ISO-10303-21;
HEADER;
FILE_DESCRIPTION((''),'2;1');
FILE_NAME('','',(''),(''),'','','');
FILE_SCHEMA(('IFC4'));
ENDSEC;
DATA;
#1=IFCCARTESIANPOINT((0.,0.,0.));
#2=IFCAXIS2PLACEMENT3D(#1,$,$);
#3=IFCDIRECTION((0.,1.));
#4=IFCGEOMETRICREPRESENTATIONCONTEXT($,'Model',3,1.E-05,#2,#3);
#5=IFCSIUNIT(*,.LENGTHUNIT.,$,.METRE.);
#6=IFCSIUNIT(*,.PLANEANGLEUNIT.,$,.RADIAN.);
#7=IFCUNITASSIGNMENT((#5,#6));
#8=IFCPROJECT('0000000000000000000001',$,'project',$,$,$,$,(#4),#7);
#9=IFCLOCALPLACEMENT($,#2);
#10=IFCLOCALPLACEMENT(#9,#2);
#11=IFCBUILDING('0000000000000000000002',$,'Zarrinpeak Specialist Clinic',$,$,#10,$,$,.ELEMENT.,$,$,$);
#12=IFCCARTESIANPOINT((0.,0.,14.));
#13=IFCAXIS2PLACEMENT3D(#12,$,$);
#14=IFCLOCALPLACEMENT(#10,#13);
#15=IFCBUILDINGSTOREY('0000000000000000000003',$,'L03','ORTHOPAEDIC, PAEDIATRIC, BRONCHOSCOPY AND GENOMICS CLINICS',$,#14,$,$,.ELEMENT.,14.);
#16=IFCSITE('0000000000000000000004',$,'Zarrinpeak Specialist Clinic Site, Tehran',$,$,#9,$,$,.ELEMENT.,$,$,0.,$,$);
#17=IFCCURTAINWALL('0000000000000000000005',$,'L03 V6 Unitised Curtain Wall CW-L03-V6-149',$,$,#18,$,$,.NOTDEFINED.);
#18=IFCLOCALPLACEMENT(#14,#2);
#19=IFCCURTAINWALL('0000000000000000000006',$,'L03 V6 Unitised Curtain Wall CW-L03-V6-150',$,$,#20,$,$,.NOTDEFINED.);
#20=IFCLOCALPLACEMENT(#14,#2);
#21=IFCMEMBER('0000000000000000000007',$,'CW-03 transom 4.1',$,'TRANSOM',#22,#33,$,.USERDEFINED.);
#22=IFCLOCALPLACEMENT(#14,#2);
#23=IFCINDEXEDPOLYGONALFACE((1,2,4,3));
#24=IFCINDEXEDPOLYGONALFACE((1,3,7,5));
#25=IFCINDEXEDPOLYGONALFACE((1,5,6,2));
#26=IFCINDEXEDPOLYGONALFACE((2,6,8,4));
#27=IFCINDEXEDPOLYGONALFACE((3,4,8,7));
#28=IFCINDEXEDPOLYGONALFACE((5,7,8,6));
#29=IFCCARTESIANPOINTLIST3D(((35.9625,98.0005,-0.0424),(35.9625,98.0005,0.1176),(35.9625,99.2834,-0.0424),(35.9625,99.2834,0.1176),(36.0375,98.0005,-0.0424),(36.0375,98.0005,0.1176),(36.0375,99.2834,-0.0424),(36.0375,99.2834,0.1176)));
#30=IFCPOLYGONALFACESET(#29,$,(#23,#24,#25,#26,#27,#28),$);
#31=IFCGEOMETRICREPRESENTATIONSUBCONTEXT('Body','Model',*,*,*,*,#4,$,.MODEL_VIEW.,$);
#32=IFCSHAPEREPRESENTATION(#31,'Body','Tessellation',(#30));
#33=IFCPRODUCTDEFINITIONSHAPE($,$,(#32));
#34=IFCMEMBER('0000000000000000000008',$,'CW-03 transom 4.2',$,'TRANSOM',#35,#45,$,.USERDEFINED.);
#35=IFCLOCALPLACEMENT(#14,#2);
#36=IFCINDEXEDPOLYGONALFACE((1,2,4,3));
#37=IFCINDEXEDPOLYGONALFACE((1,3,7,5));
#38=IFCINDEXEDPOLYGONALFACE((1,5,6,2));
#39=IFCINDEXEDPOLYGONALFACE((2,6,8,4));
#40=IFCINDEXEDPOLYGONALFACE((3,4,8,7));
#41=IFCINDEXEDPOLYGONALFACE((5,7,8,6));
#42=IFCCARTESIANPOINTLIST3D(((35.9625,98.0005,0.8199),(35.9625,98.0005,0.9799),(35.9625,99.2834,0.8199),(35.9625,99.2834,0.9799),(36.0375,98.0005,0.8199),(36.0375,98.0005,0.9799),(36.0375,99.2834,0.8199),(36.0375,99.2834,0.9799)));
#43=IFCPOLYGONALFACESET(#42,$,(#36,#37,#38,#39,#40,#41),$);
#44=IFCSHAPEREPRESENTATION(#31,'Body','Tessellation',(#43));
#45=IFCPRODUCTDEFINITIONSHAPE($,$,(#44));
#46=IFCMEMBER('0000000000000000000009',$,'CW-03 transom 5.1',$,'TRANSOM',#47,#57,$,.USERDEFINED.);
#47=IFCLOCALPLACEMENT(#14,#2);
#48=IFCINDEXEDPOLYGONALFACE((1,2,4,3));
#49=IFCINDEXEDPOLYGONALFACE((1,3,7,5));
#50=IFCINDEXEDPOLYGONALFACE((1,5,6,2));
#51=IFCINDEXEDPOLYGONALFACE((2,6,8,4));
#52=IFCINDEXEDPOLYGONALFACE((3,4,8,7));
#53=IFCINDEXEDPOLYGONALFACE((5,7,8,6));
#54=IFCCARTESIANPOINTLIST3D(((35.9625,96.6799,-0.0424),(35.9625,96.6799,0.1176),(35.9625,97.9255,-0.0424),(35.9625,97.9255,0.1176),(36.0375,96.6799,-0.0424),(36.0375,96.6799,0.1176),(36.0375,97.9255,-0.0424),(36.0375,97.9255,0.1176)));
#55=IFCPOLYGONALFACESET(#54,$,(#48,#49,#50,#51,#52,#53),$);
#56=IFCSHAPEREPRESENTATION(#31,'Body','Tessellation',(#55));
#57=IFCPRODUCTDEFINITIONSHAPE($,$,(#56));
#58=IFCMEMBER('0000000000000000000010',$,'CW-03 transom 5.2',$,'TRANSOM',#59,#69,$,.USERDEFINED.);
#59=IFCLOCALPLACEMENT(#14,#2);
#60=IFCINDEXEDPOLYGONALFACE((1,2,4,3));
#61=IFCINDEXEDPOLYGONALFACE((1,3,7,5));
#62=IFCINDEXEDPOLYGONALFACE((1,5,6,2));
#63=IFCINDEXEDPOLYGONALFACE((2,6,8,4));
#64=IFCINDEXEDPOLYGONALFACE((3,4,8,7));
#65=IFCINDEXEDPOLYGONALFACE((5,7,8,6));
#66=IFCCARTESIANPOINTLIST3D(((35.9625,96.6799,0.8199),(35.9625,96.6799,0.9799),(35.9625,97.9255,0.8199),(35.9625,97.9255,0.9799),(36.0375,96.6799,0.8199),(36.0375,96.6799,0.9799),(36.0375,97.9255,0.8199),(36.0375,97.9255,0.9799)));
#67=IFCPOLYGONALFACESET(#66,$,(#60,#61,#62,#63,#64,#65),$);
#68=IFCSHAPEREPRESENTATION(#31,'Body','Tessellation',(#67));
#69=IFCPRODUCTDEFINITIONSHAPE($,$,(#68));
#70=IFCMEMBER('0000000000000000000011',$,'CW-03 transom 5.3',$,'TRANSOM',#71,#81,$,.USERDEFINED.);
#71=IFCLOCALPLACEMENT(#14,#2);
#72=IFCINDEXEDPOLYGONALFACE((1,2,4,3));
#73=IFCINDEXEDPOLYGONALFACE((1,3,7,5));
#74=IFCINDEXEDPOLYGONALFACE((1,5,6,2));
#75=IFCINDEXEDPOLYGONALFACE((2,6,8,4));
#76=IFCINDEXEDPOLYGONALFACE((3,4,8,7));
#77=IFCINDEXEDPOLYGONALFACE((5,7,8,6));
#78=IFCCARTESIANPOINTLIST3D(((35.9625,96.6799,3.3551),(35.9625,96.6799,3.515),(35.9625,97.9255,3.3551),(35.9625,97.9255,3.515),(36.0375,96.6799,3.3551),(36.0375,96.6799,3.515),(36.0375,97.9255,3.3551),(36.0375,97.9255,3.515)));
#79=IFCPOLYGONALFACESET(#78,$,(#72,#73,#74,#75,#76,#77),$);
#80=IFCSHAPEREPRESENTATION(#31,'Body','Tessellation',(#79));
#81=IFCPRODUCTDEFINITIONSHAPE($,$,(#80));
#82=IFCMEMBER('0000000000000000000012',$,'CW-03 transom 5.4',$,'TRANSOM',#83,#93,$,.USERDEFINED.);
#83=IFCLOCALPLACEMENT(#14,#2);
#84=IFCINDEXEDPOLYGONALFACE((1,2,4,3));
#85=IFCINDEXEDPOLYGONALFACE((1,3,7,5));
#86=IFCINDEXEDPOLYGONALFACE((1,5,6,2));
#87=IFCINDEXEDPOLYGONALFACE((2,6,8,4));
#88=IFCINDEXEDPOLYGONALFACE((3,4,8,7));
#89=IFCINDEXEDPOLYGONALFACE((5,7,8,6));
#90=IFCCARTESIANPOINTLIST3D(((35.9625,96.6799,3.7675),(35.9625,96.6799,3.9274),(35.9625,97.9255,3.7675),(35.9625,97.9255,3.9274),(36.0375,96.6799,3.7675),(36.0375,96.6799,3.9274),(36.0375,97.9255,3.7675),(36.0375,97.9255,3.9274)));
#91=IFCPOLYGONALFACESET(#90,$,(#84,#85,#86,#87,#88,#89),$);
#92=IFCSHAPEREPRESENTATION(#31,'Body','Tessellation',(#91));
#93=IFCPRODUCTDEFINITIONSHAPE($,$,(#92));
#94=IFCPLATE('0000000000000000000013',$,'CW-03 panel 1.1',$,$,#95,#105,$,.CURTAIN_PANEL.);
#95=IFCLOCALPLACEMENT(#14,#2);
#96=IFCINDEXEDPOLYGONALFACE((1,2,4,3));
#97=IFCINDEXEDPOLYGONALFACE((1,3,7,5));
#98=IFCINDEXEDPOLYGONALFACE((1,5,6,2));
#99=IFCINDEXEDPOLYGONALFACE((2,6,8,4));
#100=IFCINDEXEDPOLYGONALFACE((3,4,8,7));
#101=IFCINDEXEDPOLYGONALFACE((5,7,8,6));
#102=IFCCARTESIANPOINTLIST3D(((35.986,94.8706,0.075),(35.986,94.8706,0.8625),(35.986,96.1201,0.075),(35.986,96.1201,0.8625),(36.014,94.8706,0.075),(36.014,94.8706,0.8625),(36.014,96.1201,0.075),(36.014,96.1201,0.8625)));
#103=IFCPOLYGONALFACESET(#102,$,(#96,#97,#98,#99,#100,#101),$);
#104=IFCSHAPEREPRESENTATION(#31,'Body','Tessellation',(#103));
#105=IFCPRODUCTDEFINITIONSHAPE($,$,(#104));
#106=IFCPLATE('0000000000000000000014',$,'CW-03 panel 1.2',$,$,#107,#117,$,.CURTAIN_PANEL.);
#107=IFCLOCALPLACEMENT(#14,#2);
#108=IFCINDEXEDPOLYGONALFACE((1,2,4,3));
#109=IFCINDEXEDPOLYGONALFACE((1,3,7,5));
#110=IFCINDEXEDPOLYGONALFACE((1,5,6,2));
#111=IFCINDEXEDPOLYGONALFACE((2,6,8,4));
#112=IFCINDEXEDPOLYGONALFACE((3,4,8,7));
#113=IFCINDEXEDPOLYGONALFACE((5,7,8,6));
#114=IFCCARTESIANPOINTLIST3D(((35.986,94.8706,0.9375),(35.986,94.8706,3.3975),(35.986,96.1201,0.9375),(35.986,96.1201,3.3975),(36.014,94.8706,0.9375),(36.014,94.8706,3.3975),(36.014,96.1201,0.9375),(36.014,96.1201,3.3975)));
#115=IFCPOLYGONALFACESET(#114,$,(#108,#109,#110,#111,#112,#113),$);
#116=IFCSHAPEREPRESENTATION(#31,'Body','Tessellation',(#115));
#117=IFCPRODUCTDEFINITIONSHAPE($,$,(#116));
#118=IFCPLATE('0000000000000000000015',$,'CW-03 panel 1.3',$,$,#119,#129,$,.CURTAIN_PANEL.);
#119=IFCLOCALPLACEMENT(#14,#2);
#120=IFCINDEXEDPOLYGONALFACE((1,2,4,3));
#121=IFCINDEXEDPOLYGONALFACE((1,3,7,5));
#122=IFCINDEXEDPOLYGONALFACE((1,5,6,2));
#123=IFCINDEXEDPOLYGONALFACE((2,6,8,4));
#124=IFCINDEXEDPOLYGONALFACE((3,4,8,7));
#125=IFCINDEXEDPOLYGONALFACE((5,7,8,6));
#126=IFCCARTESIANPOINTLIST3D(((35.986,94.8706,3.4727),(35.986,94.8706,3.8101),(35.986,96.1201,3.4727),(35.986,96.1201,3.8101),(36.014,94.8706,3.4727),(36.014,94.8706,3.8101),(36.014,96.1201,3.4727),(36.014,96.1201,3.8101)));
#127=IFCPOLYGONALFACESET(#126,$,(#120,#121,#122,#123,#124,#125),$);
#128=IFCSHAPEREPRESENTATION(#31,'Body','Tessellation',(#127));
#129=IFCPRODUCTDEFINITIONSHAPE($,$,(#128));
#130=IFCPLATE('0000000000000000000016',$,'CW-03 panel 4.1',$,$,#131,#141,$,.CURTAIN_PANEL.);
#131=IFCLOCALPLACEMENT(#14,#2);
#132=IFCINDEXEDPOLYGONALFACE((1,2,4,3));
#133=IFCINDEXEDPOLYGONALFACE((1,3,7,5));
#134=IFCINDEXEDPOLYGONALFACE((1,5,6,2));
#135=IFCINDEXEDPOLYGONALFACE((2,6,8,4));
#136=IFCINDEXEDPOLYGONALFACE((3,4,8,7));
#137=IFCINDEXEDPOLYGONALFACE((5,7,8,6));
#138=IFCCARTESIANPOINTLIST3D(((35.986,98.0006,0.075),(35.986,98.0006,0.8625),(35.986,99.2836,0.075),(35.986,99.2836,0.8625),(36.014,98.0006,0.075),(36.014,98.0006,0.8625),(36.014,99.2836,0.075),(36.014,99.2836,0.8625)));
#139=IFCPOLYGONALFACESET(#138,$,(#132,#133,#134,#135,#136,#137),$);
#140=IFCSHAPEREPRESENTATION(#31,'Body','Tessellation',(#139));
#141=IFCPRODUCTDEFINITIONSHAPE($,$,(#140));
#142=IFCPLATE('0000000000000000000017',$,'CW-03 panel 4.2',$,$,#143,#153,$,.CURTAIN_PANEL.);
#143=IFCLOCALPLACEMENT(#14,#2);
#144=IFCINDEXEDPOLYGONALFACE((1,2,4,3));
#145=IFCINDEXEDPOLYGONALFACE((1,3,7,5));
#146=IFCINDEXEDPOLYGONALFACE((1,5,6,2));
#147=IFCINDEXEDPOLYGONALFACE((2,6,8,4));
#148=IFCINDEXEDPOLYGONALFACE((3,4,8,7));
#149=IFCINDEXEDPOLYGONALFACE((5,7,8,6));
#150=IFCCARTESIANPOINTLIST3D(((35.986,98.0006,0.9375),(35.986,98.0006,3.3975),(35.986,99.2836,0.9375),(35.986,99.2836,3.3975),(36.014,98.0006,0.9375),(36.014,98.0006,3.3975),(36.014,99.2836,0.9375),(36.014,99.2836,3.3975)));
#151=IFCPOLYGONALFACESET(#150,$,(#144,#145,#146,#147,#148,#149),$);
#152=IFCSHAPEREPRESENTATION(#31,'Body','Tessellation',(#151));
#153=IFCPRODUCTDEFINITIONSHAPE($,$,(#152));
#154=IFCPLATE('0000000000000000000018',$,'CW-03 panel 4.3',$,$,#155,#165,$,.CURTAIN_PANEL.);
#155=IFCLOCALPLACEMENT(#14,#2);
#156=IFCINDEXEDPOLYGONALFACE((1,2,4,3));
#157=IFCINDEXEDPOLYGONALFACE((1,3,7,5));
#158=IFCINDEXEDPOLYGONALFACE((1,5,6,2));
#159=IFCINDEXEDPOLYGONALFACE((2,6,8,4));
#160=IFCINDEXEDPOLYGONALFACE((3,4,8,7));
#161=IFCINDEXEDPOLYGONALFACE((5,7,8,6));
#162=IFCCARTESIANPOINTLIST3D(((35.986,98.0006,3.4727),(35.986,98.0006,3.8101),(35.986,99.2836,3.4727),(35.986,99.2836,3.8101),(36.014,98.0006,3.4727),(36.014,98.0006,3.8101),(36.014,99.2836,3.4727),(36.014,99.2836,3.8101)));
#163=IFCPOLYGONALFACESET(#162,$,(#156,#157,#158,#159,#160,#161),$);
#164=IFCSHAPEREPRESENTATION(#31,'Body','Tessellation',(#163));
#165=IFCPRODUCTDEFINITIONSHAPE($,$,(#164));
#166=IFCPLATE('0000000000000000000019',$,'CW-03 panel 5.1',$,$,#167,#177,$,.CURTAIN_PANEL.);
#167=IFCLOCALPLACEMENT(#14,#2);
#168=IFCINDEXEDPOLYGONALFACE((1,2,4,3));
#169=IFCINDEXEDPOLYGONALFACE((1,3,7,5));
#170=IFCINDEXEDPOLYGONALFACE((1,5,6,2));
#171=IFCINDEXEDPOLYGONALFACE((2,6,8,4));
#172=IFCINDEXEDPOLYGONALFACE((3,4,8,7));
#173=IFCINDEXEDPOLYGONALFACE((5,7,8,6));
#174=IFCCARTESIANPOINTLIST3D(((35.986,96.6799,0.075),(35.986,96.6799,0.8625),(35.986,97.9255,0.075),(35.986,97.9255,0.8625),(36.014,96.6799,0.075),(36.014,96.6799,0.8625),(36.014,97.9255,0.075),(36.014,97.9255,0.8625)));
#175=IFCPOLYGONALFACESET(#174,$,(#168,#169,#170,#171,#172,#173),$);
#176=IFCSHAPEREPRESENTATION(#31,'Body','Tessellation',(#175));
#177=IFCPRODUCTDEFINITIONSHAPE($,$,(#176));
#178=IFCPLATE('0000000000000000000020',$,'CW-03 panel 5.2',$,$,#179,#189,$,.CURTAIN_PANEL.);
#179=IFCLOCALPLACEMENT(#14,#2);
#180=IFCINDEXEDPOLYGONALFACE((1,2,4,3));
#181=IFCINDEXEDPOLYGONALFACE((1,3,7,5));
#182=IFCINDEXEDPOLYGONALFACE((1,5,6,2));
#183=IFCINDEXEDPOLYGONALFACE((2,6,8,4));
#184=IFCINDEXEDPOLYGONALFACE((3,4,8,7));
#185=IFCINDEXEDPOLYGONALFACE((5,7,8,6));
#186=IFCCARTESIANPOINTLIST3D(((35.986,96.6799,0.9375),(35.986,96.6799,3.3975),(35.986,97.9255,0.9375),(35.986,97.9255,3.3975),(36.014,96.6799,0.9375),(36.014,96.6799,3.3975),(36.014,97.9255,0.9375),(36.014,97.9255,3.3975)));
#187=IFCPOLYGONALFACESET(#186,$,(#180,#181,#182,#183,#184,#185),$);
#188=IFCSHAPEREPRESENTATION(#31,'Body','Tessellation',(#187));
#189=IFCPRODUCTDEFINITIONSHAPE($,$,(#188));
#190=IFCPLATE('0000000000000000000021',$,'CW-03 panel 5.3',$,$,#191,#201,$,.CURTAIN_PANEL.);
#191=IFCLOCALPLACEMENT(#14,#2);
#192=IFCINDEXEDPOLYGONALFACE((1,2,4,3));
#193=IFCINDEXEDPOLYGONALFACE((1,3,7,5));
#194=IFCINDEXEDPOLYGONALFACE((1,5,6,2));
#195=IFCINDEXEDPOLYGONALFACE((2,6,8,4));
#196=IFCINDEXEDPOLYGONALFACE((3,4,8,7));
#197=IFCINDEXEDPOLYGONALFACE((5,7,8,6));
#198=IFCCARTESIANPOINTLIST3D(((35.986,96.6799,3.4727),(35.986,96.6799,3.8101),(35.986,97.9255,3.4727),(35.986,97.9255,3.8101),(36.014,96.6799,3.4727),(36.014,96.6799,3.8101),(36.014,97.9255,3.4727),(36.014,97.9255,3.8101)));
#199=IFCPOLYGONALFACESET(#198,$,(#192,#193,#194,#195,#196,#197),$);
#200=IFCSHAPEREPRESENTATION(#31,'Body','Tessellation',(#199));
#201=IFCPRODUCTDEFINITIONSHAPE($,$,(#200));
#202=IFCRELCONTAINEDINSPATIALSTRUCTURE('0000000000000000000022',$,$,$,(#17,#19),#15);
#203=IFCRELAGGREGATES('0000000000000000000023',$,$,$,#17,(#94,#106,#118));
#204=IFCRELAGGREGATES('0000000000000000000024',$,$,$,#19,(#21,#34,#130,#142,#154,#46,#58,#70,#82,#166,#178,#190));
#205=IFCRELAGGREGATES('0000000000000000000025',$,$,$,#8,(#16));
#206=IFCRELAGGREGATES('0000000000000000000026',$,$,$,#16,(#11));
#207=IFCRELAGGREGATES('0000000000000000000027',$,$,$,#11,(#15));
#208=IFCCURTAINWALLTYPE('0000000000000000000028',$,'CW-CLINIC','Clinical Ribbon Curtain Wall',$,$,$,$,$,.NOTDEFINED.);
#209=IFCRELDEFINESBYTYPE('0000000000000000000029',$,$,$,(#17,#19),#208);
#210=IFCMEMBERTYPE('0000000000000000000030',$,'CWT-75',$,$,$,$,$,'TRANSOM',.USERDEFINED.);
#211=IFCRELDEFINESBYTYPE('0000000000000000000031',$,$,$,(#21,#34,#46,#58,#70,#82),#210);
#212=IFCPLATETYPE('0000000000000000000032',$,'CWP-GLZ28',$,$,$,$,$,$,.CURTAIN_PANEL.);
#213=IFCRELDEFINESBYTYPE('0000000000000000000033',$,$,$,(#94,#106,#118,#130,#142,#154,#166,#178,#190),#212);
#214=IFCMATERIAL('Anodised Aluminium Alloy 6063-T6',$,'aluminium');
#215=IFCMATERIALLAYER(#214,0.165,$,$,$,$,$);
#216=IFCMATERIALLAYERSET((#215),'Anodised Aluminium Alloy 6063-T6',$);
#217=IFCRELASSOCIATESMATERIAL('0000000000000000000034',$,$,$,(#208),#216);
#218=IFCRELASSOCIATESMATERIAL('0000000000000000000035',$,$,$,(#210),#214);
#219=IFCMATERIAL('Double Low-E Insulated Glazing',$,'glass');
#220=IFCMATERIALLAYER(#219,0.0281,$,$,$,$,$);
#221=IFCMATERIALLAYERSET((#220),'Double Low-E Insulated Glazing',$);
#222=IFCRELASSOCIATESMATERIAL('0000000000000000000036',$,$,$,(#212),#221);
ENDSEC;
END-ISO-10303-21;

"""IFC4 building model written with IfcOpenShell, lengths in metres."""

from ifc_helpers import new_model, si_unit, direction, frame, origin, origin_2d, place, context, subcontext, project, spatial, rectangle, extrude, material, layer, layer_set, material_profile, profile_set, type_object, element, aggregate, save


model = new_model("IFC4")

# Units and contexts
model_context = context("Model", 3, precision=1e-05, world=origin(), true_north=direction((0.0, 1.0)))
body_context = subcontext(model_context, "Body", "Model", "MODEL_VIEW")
ifc_project = project(units=[si_unit("LENGTHUNIT", "METRE"), si_unit("PLANEANGLEUNIT", "RADIAN")], contexts=[model_context])

# Site, building, storey
site_placement = place(None, origin())
site = spatial("IfcSite", under=ifc_project, at=site_placement, Name="Zarrinpeak Specialist Clinic Site, Tehran", CompositionType="ELEMENT", RefElevation=0.0)
building_placement = place(site_placement, origin())
building = spatial("IfcBuilding", under=site, at=building_placement, Name="Zarrinpeak Specialist Clinic", CompositionType="ELEMENT")
storey_placement = place(building_placement, frame((0.0, 0.0, 14.0)))
storey = spatial("IfcBuildingStorey", under=building, at=storey_placement, Name="L03", Description="ORTHOPAEDIC, PAEDIATRIC, BRONCHOSCOPY AND GENOMICS CLINICS", CompositionType="ELEMENT", Elevation=14.0)

# Curtain walls
ifc_material_1 = material(Name="Anodised Aluminium Alloy 6063-T6", Category="aluminium")
ifc_layer_1 = layer(ifc_material_1, 0.165)
ifc_layer_set_1 = layer_set([ifc_layer_1], Name="Anodised Aluminium Alloy 6063-T6")
curtain_wall_type = type_object("IfcCurtainWallType", Name="CW-CLINIC", Description="Clinical Ribbon Curtain Wall", PredefinedType="NOTDEFINED", material=ifc_layer_set_1)
curtain_wall_1_placement = place(storey_placement, origin())
curtain_wall_1 = element("IfcCurtainWall", 1, at=curtain_wall_1_placement, inside=storey, type_object=curtain_wall_type, Name="L03 V6 Unitised Curtain Wall CW-L03-V6-149", PredefinedType="NOTDEFINED")
curtain_wall_2_placement = place(storey_placement, origin())
curtain_wall_2 = element("IfcCurtainWall", 2, at=curtain_wall_2_placement, inside=storey, type_object=curtain_wall_type, Name="L03 V6 Unitised Curtain Wall CW-L03-V6-150", PredefinedType="NOTDEFINED")

# Members
ifc_material_profile_1 = material_profile(ifc_material_1, rectangle(XDim=0.075, YDim=0.1599, at=origin_2d()), Name="ALU 75x160")
ifc_profile_set_1 = profile_set([ifc_material_profile_1], Name="Anodised Aluminium Alloy 6063-T6")
member_type_1 = type_object("IfcMemberType", Name="CWT-75", ElementType="TRANSOM", PredefinedType="USERDEFINED", material=ifc_profile_set_1)
member_1_placement = place(storey_placement, frame((36.0, 99.2834, 0.0376), z_axis=(0.0, -1.0, 0.0), x_axis=(1.0, 0.0, 0.0)))
member_1 = element("IfcMember", 3, at=member_1_placement, type_object=member_type_1, Name="CW-03 transom 4.1", ObjectType="TRANSOM", PredefinedType="USERDEFINED", context=body_context, shape_type="SweptSolid", body=[
    extrude(rectangle(XDim=0.075, YDim=0.1599, at=origin_2d()), origin(), (0.0, 0.0, 1.0), 1.283),
])
member_2_placement = place(storey_placement, frame((36.0, 99.2834, 0.8999), z_axis=(0.0, -1.0, 0.0), x_axis=(1.0, 0.0, 0.0)))
member_2 = element("IfcMember", 4, at=member_2_placement, type_object=member_type_1, Name="CW-03 transom 4.2", ObjectType="TRANSOM", PredefinedType="USERDEFINED", context=body_context, shape_type="SweptSolid", body=[
    extrude(rectangle(XDim=0.075, YDim=0.1599, at=origin_2d()), origin(), (0.0, 0.0, 1.0), 1.283),
])
member_3_placement = place(storey_placement, frame((36.0, 97.9255, 0.0376), z_axis=(0.0, -1.0, 0.0), x_axis=(1.0, 0.0, 0.0)))
member_3 = element("IfcMember", 5, at=member_3_placement, type_object=member_type_1, Name="CW-03 transom 5.1", ObjectType="TRANSOM", PredefinedType="USERDEFINED", context=body_context, shape_type="SweptSolid", body=[
    extrude(rectangle(XDim=0.075, YDim=0.1599, at=origin_2d()), origin(), (0.0, 0.0, 1.0), 1.2456),
])
member_4_placement = place(storey_placement, frame((36.0, 97.9255, 0.8999), z_axis=(0.0, -1.0, 0.0), x_axis=(1.0, 0.0, 0.0)))
member_4 = element("IfcMember", 6, at=member_4_placement, type_object=member_type_1, Name="CW-03 transom 5.2", ObjectType="TRANSOM", PredefinedType="USERDEFINED", context=body_context, shape_type="SweptSolid", body=[
    extrude(rectangle(XDim=0.075, YDim=0.1599, at=origin_2d()), origin(), (0.0, 0.0, 1.0), 1.2456),
])
member_5_placement = place(storey_placement, frame((36.0, 97.9255, 3.4351), z_axis=(0.0, -1.0, 0.0), x_axis=(1.0, 0.0, 0.0)))
member_5 = element("IfcMember", 7, at=member_5_placement, type_object=member_type_1, Name="CW-03 transom 5.3", ObjectType="TRANSOM", PredefinedType="USERDEFINED", context=body_context, shape_type="SweptSolid", body=[
    extrude(rectangle(XDim=0.075, YDim=0.1599, at=origin_2d()), origin(), (0.0, 0.0, 1.0), 1.2456),
])
member_6_placement = place(storey_placement, frame((36.0, 97.9255, 3.8474), z_axis=(0.0, -1.0, 0.0), x_axis=(1.0, 0.0, 0.0)))
member_6 = element("IfcMember", 8, at=member_6_placement, type_object=member_type_1, Name="CW-03 transom 5.4", ObjectType="TRANSOM", PredefinedType="USERDEFINED", context=body_context, shape_type="SweptSolid", body=[
    extrude(rectangle(XDim=0.075, YDim=0.1599, at=origin_2d()), origin(), (0.0, 0.0, 1.0), 1.2456),
])

# Plates
ifc_material_2 = material(Name="Double Low-E Insulated Glazing", Category="glass")
ifc_layer_2 = layer(ifc_material_2, 0.0281)
ifc_layer_set_2 = layer_set([ifc_layer_2], Name="Double Low-E Insulated Glazing")
plate_type = type_object("IfcPlateType", Name="CWP-GLZ28", PredefinedType="CURTAIN_PANEL", material=ifc_layer_set_2)
plate_1_placement = place(storey_placement, frame((36.0, 95.4954, 0.075), z_axis=(0.0, 0.0, 1.0), x_axis=(0.0, -1.0, 0.0)))
plate_1 = element("IfcPlate", 9, at=plate_1_placement, type_object=plate_type, Name="CW-03 panel 1.1", PredefinedType="CURTAIN_PANEL", context=body_context, shape_type="SweptSolid", body=[
    extrude(rectangle(XDim=1.2495, YDim=0.0281, at=origin_2d()), origin(), (0.0, 0.0, 1.0), 0.7876),
])
plate_2_placement = place(storey_placement, frame((36.0, 95.4954, 0.9375), z_axis=(0.0, 0.0, 1.0), x_axis=(0.0, -1.0, 0.0)))
plate_2 = element("IfcPlate", 10, at=plate_2_placement, type_object=plate_type, Name="CW-03 panel 1.2", PredefinedType="CURTAIN_PANEL", context=body_context, shape_type="SweptSolid", body=[
    extrude(rectangle(XDim=1.2495, YDim=0.0281, at=origin_2d()), origin(), (0.0, 0.0, 1.0), 2.46),
])
plate_3_placement = place(storey_placement, frame((36.0, 95.4954, 3.4727), z_axis=(0.0, 0.0, 1.0), x_axis=(0.0, -1.0, 0.0)))
plate_3 = element("IfcPlate", 11, at=plate_3_placement, type_object=plate_type, Name="CW-03 panel 1.3", PredefinedType="CURTAIN_PANEL", context=body_context, shape_type="SweptSolid", body=[
    extrude(rectangle(XDim=1.2495, YDim=0.0281, at=origin_2d()), origin(), (0.0, 0.0, 1.0), 0.3374),
])
aggregate(curtain_wall_1, [plate_1, plate_2, plate_3])
plate_4_placement = place(storey_placement, frame((36.0, 98.6421, 0.075), z_axis=(0.0, 0.0, 1.0), x_axis=(0.0, -1.0, 0.0)))
plate_4 = element("IfcPlate", 12, at=plate_4_placement, type_object=plate_type, Name="CW-03 panel 4.1", PredefinedType="CURTAIN_PANEL", context=body_context, shape_type="SweptSolid", body=[
    extrude(rectangle(XDim=1.283, YDim=0.0281, at=origin_2d()), origin(), (0.0, 0.0, 1.0), 0.7876),
])
plate_5_placement = place(storey_placement, frame((36.0, 98.6421, 0.9375), z_axis=(0.0, 0.0, 1.0), x_axis=(0.0, -1.0, 0.0)))
plate_5 = element("IfcPlate", 13, at=plate_5_placement, type_object=plate_type, Name="CW-03 panel 4.2", PredefinedType="CURTAIN_PANEL", context=body_context, shape_type="SweptSolid", body=[
    extrude(rectangle(XDim=1.283, YDim=0.0281, at=origin_2d()), origin(), (0.0, 0.0, 1.0), 2.46),
])
plate_6_placement = place(storey_placement, frame((36.0, 98.6421, 3.4727), z_axis=(0.0, 0.0, 1.0), x_axis=(0.0, -1.0, 0.0)))
plate_6 = element("IfcPlate", 14, at=plate_6_placement, type_object=plate_type, Name="CW-03 panel 4.3", PredefinedType="CURTAIN_PANEL", context=body_context, shape_type="SweptSolid", body=[
    extrude(rectangle(XDim=1.283, YDim=0.0281, at=origin_2d()), origin(), (0.0, 0.0, 1.0), 0.3374),
])
plate_7_placement = place(storey_placement, frame((36.0, 97.3027, 0.075), z_axis=(0.0, 0.0, 1.0), x_axis=(0.0, -1.0, 0.0)))
plate_7 = element("IfcPlate", 15, at=plate_7_placement, type_object=plate_type, Name="CW-03 panel 5.1", PredefinedType="CURTAIN_PANEL", context=body_context, shape_type="SweptSolid", body=[
    extrude(rectangle(XDim=1.2456, YDim=0.0281, at=origin_2d()), origin(), (0.0, 0.0, 1.0), 0.7876),
])
plate_8_placement = place(storey_placement, frame((36.0, 97.3027, 0.9375), z_axis=(0.0, 0.0, 1.0), x_axis=(0.0, -1.0, 0.0)))
plate_8 = element("IfcPlate", 16, at=plate_8_placement, type_object=plate_type, Name="CW-03 panel 5.2", PredefinedType="CURTAIN_PANEL", context=body_context, shape_type="SweptSolid", body=[
    extrude(rectangle(XDim=1.2456, YDim=0.0281, at=origin_2d()), origin(), (0.0, 0.0, 1.0), 2.46),
])
plate_9_placement = place(storey_placement, frame((36.0, 97.3027, 3.4727), z_axis=(0.0, 0.0, 1.0), x_axis=(0.0, -1.0, 0.0)))
plate_9 = element("IfcPlate", 17, at=plate_9_placement, type_object=plate_type, Name="CW-03 panel 5.3", PredefinedType="CURTAIN_PANEL", context=body_context, shape_type="SweptSolid", body=[
    extrude(rectangle(XDim=1.2456, YDim=0.0281, at=origin_2d()), origin(), (0.0, 0.0, 1.0), 0.3374),
])
aggregate(curtain_wall_2, [member_1, member_2, plate_4, plate_5, plate_6, member_3, member_4, member_5, member_6, plate_7, plate_8, plate_9])

save(model, "model.ifc")
